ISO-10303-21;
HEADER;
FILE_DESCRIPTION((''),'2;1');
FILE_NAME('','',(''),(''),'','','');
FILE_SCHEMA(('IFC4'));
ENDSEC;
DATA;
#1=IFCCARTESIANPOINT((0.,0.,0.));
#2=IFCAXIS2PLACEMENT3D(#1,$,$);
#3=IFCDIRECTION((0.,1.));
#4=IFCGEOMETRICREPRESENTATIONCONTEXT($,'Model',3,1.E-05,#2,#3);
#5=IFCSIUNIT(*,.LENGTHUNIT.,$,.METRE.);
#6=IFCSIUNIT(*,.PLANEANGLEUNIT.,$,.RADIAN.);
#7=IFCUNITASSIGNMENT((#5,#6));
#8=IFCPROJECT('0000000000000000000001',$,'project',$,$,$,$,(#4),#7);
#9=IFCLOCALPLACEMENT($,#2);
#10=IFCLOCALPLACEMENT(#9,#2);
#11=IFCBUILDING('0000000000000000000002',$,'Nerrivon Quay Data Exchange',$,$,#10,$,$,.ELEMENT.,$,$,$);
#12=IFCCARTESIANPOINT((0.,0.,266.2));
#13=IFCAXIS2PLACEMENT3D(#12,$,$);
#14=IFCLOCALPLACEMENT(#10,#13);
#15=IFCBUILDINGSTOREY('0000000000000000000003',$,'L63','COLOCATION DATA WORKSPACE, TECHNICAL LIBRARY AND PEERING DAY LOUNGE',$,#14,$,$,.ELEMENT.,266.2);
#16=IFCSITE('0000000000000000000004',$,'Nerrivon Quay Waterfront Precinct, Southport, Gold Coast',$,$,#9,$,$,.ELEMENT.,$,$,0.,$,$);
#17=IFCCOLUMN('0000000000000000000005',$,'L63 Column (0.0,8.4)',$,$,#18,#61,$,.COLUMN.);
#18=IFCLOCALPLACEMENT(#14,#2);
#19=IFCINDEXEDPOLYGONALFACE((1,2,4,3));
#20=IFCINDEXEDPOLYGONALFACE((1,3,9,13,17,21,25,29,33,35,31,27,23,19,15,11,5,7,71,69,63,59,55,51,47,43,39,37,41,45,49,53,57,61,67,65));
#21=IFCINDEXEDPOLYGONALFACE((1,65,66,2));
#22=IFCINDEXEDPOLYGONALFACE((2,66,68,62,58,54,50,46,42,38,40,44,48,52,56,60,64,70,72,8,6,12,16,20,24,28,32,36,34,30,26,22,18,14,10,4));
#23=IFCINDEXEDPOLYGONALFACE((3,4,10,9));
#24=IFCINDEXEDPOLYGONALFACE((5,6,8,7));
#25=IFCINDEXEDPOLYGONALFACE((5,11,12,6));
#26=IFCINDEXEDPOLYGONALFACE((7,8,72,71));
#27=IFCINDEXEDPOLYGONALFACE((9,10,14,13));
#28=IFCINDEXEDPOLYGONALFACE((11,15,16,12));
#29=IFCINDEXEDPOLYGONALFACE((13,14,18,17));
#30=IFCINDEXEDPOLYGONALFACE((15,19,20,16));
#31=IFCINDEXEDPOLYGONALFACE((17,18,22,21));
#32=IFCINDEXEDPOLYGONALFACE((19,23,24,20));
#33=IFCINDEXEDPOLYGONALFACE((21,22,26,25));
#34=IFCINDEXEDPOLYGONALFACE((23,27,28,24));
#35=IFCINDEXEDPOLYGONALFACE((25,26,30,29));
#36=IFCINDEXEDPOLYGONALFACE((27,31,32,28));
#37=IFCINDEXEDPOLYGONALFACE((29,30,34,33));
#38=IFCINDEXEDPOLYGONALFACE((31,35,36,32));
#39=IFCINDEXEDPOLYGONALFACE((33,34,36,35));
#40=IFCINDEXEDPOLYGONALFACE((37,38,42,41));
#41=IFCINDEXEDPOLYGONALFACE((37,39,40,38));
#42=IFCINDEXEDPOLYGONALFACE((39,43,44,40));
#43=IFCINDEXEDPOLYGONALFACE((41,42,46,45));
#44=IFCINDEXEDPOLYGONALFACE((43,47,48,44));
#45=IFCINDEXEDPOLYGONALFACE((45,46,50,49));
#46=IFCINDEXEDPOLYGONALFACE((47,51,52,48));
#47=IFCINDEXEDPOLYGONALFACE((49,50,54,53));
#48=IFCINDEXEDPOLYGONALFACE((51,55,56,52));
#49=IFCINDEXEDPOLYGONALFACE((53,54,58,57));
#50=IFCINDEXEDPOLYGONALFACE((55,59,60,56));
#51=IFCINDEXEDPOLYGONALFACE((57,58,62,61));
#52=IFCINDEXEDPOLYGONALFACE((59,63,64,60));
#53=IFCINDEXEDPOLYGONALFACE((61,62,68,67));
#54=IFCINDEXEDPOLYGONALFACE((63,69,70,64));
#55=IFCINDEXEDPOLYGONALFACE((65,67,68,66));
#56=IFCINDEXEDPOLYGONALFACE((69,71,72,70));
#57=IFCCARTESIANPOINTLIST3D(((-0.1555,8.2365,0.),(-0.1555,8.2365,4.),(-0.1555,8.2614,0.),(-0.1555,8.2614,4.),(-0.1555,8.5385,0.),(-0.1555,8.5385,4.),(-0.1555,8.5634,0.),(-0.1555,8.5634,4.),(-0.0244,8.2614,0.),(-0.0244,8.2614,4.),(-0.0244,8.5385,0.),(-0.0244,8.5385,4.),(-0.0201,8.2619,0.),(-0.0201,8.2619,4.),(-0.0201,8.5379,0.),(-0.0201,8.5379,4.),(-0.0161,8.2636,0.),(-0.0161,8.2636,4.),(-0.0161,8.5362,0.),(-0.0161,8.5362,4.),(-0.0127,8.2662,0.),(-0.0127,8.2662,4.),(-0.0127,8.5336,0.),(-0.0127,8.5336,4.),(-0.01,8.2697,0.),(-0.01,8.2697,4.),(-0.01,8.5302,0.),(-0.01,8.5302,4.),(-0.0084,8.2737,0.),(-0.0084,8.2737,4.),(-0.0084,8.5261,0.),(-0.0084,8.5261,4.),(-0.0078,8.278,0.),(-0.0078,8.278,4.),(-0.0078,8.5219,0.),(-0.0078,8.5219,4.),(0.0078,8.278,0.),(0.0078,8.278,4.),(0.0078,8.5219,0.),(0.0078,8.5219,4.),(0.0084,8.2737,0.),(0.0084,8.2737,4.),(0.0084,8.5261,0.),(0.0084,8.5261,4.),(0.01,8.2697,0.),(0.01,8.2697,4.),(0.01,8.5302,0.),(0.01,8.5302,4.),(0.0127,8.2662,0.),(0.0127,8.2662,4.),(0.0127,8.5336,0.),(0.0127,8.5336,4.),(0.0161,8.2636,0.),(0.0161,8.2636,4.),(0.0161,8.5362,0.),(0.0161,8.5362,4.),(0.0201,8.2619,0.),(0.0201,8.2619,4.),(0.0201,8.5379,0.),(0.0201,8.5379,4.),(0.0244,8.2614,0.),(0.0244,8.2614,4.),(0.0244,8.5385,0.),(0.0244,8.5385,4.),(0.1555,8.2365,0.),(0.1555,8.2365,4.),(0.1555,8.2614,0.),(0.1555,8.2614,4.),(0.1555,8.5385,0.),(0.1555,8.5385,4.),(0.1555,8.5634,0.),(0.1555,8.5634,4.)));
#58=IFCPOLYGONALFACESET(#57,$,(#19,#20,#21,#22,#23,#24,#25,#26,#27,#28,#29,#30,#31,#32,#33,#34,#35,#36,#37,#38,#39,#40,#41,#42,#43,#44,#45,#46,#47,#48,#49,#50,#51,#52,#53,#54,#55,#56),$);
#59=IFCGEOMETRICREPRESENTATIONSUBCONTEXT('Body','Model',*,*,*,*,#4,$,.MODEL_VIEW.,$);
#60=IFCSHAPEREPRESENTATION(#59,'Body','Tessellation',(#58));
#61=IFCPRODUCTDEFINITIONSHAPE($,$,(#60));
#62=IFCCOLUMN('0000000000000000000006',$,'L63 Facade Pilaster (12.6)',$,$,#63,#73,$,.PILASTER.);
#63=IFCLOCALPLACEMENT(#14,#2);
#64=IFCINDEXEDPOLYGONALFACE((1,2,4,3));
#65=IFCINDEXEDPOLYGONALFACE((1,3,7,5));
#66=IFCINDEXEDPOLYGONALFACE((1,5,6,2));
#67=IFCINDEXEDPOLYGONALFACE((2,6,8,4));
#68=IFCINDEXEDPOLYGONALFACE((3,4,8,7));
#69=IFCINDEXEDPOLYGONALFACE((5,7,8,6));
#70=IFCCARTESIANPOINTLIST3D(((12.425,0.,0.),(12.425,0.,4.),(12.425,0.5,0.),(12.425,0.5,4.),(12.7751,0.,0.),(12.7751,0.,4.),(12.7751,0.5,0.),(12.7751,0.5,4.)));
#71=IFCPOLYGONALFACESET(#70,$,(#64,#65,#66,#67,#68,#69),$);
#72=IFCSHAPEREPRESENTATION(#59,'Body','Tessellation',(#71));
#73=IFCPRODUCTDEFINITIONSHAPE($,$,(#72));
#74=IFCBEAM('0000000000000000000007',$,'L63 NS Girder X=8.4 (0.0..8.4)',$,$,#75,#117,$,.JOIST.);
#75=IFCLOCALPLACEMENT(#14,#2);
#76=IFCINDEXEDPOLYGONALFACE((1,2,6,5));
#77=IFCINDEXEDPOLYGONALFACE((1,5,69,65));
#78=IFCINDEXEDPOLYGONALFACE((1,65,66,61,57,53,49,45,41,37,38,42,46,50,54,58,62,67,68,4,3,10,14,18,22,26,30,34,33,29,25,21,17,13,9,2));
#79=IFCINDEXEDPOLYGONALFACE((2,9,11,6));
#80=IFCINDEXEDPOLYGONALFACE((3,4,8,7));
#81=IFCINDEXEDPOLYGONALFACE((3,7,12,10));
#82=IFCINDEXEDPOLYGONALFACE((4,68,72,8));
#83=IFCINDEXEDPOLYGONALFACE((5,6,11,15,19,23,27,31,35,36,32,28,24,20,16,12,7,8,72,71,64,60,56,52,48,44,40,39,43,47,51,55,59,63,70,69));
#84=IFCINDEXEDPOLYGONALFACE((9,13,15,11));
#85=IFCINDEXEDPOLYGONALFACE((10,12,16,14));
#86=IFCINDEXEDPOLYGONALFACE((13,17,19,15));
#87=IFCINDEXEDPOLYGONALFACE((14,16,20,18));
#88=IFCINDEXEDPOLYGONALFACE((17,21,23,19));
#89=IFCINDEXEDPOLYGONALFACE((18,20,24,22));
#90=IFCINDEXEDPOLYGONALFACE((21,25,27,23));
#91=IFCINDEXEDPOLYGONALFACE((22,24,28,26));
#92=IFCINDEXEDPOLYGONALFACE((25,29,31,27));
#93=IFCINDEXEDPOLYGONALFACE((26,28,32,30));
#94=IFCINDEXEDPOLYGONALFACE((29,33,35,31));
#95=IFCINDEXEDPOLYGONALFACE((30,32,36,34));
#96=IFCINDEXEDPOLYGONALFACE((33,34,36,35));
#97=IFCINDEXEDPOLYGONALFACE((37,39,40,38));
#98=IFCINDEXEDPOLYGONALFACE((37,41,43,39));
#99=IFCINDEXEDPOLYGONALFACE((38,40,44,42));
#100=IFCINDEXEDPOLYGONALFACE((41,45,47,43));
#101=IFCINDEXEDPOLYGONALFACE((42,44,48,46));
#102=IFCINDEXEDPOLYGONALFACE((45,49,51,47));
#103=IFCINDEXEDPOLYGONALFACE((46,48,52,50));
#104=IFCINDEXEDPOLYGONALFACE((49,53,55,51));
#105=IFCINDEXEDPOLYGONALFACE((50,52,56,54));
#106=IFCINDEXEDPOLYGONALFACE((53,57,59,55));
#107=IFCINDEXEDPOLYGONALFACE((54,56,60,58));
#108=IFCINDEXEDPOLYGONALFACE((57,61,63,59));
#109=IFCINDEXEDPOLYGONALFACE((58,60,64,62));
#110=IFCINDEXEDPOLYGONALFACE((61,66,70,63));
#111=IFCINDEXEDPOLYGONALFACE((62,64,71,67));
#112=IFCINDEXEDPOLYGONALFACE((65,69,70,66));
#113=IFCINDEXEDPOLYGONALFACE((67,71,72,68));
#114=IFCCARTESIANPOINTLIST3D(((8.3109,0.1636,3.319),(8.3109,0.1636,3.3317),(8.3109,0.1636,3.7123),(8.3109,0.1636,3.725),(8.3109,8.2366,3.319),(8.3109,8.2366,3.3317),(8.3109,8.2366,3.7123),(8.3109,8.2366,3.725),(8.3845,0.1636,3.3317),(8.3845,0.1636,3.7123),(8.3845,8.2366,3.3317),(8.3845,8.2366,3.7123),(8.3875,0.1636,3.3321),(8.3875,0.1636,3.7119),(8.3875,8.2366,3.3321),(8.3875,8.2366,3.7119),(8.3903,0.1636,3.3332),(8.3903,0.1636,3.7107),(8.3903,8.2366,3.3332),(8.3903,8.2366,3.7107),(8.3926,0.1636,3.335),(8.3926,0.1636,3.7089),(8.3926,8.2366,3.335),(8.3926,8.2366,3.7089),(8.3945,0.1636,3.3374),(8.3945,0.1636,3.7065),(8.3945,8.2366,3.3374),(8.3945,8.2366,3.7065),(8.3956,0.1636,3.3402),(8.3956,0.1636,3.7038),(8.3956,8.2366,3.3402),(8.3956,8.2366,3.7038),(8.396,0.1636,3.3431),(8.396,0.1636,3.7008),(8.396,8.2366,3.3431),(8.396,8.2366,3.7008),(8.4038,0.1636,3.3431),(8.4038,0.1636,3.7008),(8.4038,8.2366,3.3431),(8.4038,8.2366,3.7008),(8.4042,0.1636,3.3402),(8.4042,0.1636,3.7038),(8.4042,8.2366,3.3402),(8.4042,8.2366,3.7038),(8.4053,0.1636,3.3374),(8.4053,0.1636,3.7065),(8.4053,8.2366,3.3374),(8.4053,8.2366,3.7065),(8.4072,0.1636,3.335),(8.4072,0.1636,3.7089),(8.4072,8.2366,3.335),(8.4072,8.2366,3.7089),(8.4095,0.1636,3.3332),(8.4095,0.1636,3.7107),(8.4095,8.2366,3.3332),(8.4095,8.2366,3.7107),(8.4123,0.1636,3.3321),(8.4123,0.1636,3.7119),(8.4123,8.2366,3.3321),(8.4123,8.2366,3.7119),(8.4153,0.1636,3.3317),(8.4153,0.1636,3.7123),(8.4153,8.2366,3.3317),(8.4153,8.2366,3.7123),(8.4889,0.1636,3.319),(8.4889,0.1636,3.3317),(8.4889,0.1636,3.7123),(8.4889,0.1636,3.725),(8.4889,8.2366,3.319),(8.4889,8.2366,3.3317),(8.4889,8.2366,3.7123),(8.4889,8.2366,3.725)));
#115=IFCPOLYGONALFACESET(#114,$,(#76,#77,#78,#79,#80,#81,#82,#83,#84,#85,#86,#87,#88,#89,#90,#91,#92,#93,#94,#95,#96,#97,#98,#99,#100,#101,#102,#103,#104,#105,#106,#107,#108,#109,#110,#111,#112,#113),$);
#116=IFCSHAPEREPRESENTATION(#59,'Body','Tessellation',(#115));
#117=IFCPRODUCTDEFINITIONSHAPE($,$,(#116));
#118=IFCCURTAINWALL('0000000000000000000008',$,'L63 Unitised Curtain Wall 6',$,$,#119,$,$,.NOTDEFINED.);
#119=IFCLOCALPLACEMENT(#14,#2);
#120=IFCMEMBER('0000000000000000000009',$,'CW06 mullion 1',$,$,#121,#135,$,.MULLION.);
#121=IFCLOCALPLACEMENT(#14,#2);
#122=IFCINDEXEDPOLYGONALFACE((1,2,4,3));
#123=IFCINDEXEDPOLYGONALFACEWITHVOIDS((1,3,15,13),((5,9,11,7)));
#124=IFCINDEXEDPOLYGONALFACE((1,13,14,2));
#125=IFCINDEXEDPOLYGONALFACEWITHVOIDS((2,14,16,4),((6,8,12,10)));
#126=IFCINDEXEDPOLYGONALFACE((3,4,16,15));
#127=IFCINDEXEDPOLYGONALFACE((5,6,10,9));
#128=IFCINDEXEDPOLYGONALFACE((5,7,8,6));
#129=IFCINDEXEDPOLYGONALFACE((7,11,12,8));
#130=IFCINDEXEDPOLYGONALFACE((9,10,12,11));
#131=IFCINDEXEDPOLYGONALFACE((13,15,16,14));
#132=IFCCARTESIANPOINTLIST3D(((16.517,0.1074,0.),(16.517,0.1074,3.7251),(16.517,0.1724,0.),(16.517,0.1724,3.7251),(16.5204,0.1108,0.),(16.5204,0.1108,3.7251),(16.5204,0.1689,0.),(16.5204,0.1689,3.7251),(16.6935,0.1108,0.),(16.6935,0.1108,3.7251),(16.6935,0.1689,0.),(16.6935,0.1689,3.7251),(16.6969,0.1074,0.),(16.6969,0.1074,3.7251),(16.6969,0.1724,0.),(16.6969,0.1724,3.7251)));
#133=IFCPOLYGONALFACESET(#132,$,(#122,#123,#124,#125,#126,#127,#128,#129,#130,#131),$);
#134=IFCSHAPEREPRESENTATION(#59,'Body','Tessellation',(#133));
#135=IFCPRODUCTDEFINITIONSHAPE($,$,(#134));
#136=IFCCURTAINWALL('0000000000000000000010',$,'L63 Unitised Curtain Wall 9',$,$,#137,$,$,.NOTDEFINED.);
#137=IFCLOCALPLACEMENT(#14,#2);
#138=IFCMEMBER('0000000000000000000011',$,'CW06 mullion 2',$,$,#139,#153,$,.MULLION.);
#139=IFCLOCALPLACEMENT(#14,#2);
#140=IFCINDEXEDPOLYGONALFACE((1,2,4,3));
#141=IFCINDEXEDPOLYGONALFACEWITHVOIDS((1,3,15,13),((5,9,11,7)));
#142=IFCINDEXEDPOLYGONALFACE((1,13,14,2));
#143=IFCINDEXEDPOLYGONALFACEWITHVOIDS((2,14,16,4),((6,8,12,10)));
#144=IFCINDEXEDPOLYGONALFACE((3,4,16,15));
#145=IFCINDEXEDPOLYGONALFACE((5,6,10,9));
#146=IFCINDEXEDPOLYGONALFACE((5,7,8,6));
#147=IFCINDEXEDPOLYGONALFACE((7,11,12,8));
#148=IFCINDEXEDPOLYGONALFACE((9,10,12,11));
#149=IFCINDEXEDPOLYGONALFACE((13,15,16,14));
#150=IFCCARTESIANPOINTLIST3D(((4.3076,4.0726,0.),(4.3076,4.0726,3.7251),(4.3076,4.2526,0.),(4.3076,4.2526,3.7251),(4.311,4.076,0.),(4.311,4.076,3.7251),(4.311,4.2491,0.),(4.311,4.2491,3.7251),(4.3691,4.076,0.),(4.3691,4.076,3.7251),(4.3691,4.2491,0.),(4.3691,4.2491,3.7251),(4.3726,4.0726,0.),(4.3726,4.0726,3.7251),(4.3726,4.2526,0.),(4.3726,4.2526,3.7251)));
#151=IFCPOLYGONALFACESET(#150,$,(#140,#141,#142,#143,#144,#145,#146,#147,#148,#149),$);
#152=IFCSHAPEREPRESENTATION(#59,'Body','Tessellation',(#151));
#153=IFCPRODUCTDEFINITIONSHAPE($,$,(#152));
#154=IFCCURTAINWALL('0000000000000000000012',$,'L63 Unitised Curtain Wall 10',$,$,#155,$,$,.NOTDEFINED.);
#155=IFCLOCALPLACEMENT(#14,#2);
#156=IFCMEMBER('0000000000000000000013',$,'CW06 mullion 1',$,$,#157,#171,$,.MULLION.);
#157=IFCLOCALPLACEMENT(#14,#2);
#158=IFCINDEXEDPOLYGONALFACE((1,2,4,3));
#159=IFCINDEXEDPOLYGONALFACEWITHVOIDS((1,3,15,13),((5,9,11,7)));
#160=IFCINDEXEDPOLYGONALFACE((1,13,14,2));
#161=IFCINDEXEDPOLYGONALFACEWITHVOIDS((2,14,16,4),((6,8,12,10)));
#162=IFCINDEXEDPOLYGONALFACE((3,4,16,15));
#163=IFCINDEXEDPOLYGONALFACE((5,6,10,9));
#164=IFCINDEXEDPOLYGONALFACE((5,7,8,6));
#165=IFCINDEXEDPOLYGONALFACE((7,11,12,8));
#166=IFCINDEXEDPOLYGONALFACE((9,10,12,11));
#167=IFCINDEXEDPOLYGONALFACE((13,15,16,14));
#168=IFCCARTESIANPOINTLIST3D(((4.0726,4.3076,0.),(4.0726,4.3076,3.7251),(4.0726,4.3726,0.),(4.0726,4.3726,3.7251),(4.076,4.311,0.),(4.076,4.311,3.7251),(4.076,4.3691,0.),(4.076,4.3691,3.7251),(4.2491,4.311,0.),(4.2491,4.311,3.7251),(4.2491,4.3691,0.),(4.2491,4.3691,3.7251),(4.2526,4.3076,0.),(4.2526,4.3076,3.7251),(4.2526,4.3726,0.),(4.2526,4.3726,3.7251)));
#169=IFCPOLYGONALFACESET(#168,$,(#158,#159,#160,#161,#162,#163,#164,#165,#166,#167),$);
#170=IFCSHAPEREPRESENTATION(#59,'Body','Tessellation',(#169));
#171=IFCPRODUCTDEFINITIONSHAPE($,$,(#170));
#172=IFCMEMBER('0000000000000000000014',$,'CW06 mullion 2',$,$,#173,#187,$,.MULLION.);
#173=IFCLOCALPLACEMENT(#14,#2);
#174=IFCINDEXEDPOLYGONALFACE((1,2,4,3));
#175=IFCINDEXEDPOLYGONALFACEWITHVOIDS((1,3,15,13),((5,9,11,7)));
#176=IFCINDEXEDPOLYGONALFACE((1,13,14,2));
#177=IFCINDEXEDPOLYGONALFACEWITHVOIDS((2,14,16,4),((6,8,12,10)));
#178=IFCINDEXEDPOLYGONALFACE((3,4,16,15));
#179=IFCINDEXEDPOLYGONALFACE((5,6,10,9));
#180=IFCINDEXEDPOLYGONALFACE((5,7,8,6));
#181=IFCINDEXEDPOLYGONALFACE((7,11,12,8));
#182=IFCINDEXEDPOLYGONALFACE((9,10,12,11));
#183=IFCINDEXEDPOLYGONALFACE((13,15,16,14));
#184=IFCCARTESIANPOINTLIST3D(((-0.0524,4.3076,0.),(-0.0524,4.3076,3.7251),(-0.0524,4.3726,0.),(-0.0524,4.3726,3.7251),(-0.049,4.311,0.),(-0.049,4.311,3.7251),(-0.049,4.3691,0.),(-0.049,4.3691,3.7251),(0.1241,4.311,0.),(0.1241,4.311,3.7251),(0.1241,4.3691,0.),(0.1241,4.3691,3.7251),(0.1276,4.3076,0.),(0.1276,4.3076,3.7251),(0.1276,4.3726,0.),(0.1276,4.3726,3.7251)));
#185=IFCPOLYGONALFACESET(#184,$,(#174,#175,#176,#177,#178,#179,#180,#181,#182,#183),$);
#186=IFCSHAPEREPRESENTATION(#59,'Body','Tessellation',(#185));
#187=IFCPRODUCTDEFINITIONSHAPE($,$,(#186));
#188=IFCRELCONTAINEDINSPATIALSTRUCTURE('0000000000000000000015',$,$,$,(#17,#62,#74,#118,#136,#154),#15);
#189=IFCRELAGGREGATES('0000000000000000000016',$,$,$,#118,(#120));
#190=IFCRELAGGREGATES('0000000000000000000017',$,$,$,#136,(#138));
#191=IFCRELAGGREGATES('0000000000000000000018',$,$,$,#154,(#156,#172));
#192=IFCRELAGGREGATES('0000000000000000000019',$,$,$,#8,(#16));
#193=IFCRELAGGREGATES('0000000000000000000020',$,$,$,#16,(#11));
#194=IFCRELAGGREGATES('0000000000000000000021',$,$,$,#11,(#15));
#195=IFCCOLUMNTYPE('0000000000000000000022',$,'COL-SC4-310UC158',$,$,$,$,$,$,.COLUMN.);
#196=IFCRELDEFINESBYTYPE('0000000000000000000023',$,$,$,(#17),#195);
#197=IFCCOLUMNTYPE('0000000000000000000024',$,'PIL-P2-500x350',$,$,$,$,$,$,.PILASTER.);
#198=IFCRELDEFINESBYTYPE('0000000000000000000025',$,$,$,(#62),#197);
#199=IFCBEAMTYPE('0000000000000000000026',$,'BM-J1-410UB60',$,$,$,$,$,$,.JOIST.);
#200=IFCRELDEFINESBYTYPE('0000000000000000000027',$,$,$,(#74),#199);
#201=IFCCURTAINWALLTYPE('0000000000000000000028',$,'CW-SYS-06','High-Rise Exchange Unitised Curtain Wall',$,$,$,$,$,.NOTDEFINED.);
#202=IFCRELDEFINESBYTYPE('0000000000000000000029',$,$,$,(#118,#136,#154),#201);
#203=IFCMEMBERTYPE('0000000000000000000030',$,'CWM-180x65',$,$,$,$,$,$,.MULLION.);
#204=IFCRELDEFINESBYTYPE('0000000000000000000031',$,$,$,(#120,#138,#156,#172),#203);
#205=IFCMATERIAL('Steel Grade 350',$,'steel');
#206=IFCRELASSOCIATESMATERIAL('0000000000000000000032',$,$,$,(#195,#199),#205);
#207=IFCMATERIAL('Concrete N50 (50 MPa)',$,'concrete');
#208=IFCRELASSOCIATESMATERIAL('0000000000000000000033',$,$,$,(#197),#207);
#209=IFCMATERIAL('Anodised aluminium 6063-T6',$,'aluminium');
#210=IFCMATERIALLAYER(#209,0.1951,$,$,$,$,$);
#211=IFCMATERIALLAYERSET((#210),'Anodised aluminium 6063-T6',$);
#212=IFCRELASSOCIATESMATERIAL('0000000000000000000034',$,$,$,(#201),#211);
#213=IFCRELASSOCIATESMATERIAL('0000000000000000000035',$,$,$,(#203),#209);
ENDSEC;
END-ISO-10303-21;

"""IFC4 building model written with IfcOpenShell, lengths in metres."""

from ifc_helpers import new_model, si_unit, direction, frame, origin, origin_2d, place, context, subcontext, project, spatial, rectangle, hollow_rectangle, i_section, extrude, material, layer, layer_set, material_profile, profile_set, type_object, element, aggregate, save


model = new_model("IFC4")

# Units and contexts
model_context = context("Model", 3, precision=1e-05, world=origin(), true_north=direction((0.0, 1.0)))
body_context = subcontext(model_context, "Body", "Model", "MODEL_VIEW")
ifc_project = project(units=[si_unit("LENGTHUNIT", "METRE"), si_unit("PLANEANGLEUNIT", "RADIAN")], contexts=[model_context])

# Site, building, storey
site_placement = place(None, origin())
site = spatial("IfcSite", under=ifc_project, at=site_placement, Name="Nerrivon Quay Waterfront Precinct, Southport, Gold Coast", CompositionType="ELEMENT", RefElevation=0.0)
building_placement = place(site_placement, origin())
building = spatial("IfcBuilding", under=site, at=building_placement, Name="Nerrivon Quay Data Exchange", CompositionType="ELEMENT")
storey_placement = place(building_placement, frame((0.0, 0.0, 266.2)))
storey = spatial("IfcBuildingStorey", under=building, at=storey_placement, Name="L63", Description="COLOCATION DATA WORKSPACE, TECHNICAL LIBRARY AND PEERING DAY LOUNGE", CompositionType="ELEMENT", Elevation=266.2)

# Columns
ifc_material_1 = material(Name="Steel Grade 350", Category="steel")
ifc_material_profile_1 = material_profile(ifc_material_1, i_section(OverallWidth=0.311, OverallDepth=0.3269, WebThickness=0.0156, FlangeThickness=0.0249, FilletRadius=0.0166, at=origin_2d()), Name="310UC158")
ifc_profile_set_1 = profile_set([ifc_material_profile_1], Name="Steel Grade 350")
column_type_1 = type_object("IfcColumnType", Name="COL-SC4-310UC158", PredefinedType="COLUMN", material=ifc_profile_set_1)
column_1_placement = place(storey_placement, frame((0.0, 8.3999, 0.0), z_axis=(0.0, 0.0, 1.0), x_axis=(1.0, 0.0, 0.0)))
element("IfcColumn", 1, at=column_1_placement, inside=storey, type_object=column_type_1, Name="L63 Column (0.0,8.4)", PredefinedType="COLUMN", context=body_context, shape_type="SweptSolid", body=[
    extrude(i_section(OverallWidth=0.311, OverallDepth=0.3269, WebThickness=0.0156, FlangeThickness=0.0249, FilletRadius=0.0166, at=origin_2d()), origin(), (0.0, 0.0, 1.0), 4.0),
])
ifc_material_2 = material(Name="Concrete N50 (50 MPa)", Category="concrete")
ifc_material_profile_2 = material_profile(ifc_material_2, rectangle(XDim=0.3501, YDim=0.5, at=origin_2d()), Name="RC-PIL-500x350")
ifc_profile_set_2 = profile_set([ifc_material_profile_2], Name="Concrete N50 (50 MPa)")
column_type_2 = type_object("IfcColumnType", Name="PIL-P2-500x350", PredefinedType="PILASTER", material=ifc_profile_set_2)
column_2_placement = place(storey_placement, frame((12.6001, 0.25, 0.0), z_axis=(0.0, 0.0, 1.0), x_axis=(1.0, 0.0, 0.0)))
element("IfcColumn", 2, at=column_2_placement, inside=storey, type_object=column_type_2, Name="L63 Facade Pilaster (12.6)", PredefinedType="PILASTER", context=body_context, shape_type="SweptSolid", body=[
    extrude(rectangle(XDim=0.3501, YDim=0.5, at=origin_2d()), origin(), (0.0, 0.0, 1.0), 4.0),
])

# Beam
ifc_material_profile_3 = material_profile(ifc_material_1, i_section(OverallWidth=0.178, OverallDepth=0.406, WebThickness=0.0078, FlangeThickness=0.0127, FilletRadius=0.0115, at=origin_2d()), Name="410UB59.7")
ifc_profile_set_3 = profile_set([ifc_material_profile_3], Name="Steel Grade 350")
beam_type = type_object("IfcBeamType", Name="BM-J1-410UB60", PredefinedType="JOIST", material=ifc_profile_set_3)
beam_placement = place(storey_placement, frame((8.3999, 0.1636, 3.522), z_axis=(0.0, 1.0, 0.0), x_axis=(-1.0, 0.0, 0.0)))
element("IfcBeam", 3, at=beam_placement, inside=storey, type_object=beam_type, Name="L63 NS Girder X=8.4 (0.0..8.4)", PredefinedType="JOIST", context=body_context, shape_type="SweptSolid", body=[
    extrude(i_section(OverallWidth=0.178, OverallDepth=0.406, WebThickness=0.0078, FlangeThickness=0.0127, FilletRadius=0.0115, at=origin_2d()), origin(), (0.0, 0.0, 1.0), 8.073),
])

# Curtain walls, members
ifc_material_3 = material(Name="Anodised aluminium 6063-T6", Category="aluminium")
ifc_layer_1 = layer(ifc_material_3, 0.1951)
ifc_layer_set_1 = layer_set([ifc_layer_1], Name="Anodised aluminium 6063-T6")
curtain_wall_type = type_object("IfcCurtainWallType", Name="CW-SYS-06", Description="High-Rise Exchange Unitised Curtain Wall", PredefinedType="NOTDEFINED", material=ifc_layer_set_1)
curtain_wall_1_placement = place(storey_placement, origin())
curtain_wall_1 = element("IfcCurtainWall", 4, at=curtain_wall_1_placement, inside=storey, type_object=curtain_wall_type, Name="L63 Unitised Curtain Wall 6", PredefinedType="NOTDEFINED")
ifc_material_profile_4 = material_profile(ifc_material_3, hollow_rectangle(XDim=0.0649, YDim=0.1799, WallThickness=0.0034, at=origin_2d()), Name="ALU-MULL-180x65")
ifc_profile_set_4 = profile_set([ifc_material_profile_4], Name="Anodised aluminium 6063-T6")
member_type_1 = type_object("IfcMemberType", Name="CWM-180x65", PredefinedType="MULLION", material=ifc_profile_set_4)
member_1_placement = place(storey_placement, frame((16.6069, 0.1399, 0.0), z_axis=(0.0, 0.0, 1.0), x_axis=(0.0, -1.0, 0.0)))
member_1 = element("IfcMember", 5, at=member_1_placement, type_object=member_type_1, Name="CW06 mullion 1", PredefinedType="MULLION", context=body_context, shape_type="SweptSolid", body=[
    extrude(hollow_rectangle(XDim=0.0649, YDim=0.1799, WallThickness=0.0034, at=origin_2d()), origin(), (0.0, 0.0, 1.0), 3.7251),
])
aggregate(curtain_wall_1, [member_1])
curtain_wall_2_placement = place(storey_placement, origin())
curtain_wall_2 = element("IfcCurtainWall", 6, at=curtain_wall_2_placement, inside=storey, type_object=curtain_wall_type, Name="L63 Unitised Curtain Wall 9", PredefinedType="NOTDEFINED")
member_2_placement = place(storey_placement, frame((4.3401, 4.1626, 0.0), z_axis=(0.0, 0.0, 1.0), x_axis=(-1.0, 0.0, 0.0)))
member_2 = element("IfcMember", 7, at=member_2_placement, type_object=member_type_1, Name="CW06 mullion 2", PredefinedType="MULLION", context=body_context, shape_type="SweptSolid", body=[
    extrude(hollow_rectangle(XDim=0.0649, YDim=0.1799, WallThickness=0.0034, at=origin_2d()), origin(), (0.0, 0.0, 1.0), 3.7251),
])

# Curtain wall, members
curtain_wall_3_placement = place(storey_placement, origin())
curtain_wall_3 = element("IfcCurtainWall", 8, at=curtain_wall_3_placement, inside=storey, type_object=curtain_wall_type, Name="L63 Unitised Curtain Wall 10", PredefinedType="NOTDEFINED")
member_3_placement = place(storey_placement, frame((4.1626, 4.3401, 0.0), z_axis=(0.0, 0.0, 1.0), x_axis=(0.0, -1.0, 0.0)))
member_3 = element("IfcMember", 9, at=member_3_placement, type_object=member_type_1, Name="CW06 mullion 1", PredefinedType="MULLION", context=body_context, shape_type="SweptSolid", body=[
    extrude(hollow_rectangle(XDim=0.0649, YDim=0.1799, WallThickness=0.0034, at=origin_2d()), origin(), (0.0, 0.0, 1.0), 3.7251),
])
member_4_placement = place(storey_placement, frame((0.0376, 4.3401, 0.0), z_axis=(0.0, 0.0, 1.0), x_axis=(0.0, -1.0, 0.0)))
member_4 = element("IfcMember", 10, at=member_4_placement, type_object=member_type_1, Name="CW06 mullion 2", PredefinedType="MULLION", context=body_context, shape_type="SweptSolid", body=[
    extrude(hollow_rectangle(XDim=0.0649, YDim=0.1799, WallThickness=0.0034, at=origin_2d()), origin(), (0.0, 0.0, 1.0), 3.7251),
])

aggregate(curtain_wall_2, [member_2])
aggregate(curtain_wall_3, [member_3, member_4])

save(model, "model.ifc")
